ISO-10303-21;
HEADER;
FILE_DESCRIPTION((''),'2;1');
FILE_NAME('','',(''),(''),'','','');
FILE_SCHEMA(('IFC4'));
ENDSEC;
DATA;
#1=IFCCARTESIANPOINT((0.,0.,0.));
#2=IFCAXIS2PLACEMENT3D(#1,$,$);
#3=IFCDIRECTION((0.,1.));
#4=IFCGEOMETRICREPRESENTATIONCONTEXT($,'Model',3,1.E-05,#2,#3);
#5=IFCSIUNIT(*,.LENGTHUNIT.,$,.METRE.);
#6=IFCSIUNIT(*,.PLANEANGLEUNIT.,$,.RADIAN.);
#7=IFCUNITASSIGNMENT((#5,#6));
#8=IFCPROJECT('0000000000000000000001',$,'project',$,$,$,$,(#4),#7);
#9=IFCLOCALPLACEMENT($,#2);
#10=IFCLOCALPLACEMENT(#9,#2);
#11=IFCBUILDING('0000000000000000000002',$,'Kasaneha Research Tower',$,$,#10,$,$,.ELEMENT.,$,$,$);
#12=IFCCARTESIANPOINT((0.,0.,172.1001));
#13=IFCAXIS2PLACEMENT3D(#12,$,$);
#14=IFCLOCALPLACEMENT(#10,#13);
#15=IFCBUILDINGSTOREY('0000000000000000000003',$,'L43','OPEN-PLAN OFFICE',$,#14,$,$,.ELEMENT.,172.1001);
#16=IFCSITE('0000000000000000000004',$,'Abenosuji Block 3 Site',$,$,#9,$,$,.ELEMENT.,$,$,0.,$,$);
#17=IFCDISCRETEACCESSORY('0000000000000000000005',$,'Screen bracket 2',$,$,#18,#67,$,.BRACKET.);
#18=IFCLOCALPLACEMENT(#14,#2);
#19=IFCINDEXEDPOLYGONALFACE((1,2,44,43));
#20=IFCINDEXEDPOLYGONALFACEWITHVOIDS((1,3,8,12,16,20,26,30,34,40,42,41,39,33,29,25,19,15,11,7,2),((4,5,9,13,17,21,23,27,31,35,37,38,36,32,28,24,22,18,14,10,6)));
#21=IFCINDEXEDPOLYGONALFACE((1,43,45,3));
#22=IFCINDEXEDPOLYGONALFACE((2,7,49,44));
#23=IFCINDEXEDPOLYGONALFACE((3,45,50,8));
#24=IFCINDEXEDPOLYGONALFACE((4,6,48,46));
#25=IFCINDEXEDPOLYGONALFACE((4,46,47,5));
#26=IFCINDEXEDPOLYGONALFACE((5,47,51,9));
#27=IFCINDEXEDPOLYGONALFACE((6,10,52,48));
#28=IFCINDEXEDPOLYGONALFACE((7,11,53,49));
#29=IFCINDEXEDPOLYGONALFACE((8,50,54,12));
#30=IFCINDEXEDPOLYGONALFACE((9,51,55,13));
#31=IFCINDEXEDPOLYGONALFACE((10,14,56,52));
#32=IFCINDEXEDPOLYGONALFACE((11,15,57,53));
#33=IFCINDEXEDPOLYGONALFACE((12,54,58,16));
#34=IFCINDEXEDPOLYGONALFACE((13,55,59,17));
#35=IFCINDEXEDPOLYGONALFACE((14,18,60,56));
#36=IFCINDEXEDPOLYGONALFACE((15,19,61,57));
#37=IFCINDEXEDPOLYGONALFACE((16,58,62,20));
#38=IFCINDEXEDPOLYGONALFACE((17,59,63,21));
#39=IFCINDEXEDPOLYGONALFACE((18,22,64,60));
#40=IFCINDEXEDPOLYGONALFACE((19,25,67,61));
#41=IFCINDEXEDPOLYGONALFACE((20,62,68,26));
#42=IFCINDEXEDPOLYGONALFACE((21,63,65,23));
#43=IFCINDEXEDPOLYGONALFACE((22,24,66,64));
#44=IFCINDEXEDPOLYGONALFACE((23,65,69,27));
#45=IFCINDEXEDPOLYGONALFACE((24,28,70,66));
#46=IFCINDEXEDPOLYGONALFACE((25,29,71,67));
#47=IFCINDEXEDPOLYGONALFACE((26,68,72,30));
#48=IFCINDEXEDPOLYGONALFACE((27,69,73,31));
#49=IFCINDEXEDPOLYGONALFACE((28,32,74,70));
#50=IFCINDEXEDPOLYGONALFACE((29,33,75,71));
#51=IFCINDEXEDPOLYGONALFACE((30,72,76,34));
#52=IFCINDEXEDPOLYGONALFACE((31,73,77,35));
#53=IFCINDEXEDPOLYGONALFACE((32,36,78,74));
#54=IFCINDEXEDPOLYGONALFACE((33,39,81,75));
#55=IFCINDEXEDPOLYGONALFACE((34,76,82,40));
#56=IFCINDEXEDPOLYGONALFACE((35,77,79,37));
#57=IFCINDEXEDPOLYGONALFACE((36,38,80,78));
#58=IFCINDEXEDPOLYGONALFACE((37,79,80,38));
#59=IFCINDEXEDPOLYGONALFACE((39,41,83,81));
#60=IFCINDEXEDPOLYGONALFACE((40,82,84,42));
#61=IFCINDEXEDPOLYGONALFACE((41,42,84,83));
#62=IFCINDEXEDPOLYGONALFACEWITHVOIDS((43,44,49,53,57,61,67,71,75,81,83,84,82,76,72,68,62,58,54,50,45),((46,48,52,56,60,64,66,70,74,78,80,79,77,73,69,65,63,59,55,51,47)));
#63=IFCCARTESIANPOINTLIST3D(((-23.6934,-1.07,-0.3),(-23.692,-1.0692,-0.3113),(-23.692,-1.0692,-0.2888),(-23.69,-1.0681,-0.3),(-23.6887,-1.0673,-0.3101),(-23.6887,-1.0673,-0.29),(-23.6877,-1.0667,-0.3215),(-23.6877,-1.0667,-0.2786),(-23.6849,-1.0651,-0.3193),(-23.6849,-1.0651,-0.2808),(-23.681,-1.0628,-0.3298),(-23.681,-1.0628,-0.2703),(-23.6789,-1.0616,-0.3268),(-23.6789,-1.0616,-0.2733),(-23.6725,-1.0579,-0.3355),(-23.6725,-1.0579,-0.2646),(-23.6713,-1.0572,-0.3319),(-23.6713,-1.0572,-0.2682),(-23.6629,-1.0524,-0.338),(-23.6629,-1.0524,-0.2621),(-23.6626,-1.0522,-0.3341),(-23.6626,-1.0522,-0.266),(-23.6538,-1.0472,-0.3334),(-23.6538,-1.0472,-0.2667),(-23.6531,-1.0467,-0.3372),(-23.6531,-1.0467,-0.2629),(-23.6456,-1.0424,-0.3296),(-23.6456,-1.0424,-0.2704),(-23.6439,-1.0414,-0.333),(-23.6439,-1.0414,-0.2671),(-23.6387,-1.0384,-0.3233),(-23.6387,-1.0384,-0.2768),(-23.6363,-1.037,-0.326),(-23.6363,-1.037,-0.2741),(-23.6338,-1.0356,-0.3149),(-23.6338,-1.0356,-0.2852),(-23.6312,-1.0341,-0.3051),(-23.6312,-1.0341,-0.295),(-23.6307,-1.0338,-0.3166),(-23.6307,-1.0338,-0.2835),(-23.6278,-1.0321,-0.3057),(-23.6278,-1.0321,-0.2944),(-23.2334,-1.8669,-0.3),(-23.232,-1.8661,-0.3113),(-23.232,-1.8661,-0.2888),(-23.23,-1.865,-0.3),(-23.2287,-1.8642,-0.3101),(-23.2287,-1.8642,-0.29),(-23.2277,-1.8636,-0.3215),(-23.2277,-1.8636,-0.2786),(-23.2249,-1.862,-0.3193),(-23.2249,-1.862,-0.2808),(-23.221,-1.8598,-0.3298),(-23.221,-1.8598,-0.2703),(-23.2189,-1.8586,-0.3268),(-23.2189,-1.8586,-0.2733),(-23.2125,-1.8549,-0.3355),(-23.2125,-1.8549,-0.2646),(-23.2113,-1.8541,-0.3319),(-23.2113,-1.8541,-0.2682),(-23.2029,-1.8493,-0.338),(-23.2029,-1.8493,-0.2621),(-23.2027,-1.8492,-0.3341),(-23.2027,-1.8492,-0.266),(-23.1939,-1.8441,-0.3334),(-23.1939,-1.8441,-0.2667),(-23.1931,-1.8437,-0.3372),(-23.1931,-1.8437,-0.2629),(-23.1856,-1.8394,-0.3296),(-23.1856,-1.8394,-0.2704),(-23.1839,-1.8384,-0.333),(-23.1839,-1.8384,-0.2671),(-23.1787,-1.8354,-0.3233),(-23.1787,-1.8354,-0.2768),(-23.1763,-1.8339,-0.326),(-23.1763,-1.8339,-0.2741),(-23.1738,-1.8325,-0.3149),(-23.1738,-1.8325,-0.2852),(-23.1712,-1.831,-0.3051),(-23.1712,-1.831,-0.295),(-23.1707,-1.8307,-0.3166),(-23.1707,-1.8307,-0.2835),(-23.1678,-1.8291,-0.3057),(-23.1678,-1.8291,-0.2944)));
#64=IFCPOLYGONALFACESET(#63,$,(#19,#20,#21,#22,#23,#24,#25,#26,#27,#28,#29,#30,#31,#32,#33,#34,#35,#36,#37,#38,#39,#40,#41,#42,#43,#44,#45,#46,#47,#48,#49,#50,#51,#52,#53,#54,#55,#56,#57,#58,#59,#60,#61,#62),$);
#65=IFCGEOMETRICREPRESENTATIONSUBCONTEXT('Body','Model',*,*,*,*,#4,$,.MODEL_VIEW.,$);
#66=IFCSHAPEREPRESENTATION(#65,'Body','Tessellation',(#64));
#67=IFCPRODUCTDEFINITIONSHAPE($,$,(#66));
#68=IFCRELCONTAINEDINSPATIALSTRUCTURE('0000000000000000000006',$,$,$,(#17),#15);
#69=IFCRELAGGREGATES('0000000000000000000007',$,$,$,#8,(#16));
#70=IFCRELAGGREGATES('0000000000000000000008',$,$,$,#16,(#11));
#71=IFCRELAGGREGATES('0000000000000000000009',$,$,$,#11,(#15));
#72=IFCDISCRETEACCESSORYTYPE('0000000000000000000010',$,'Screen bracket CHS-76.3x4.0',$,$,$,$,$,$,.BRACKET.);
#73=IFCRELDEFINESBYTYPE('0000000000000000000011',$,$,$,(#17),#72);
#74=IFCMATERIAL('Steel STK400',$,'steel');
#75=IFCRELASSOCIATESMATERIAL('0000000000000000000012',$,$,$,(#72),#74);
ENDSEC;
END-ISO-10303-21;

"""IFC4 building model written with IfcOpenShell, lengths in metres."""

from ifc_helpers import new_model, si_unit, direction, frame, origin, origin_2d, place, context, subcontext, project, spatial, hollow_circle, extrude, material, material_profile, profile_set, type_object, element, save


model = new_model("IFC4")

# Units and contexts
model_context = context("Model", 3, precision=1e-05, world=origin(), true_north=direction((0.0, 1.0)))
body_context = subcontext(model_context, "Body", "Model", "MODEL_VIEW")
ifc_project = project(units=[si_unit("LENGTHUNIT", "METRE"), si_unit("PLANEANGLEUNIT", "RADIAN")], contexts=[model_context])

# Site, building, storey
site_placement = place(None, origin())
site = spatial("IfcSite", under=ifc_project, at=site_placement, Name="Abenosuji Block 3 Site", CompositionType="ELEMENT", RefElevation=0.0)
building_placement = place(site_placement, origin())
building = spatial("IfcBuilding", under=site, at=building_placement, Name="Kasaneha Research Tower", CompositionType="ELEMENT")
storey_placement = place(building_placement, frame((0.0, 0.0, 172.1001)))
storey = spatial("IfcBuildingStorey", under=building, at=storey_placement, Name="L43", Description="OPEN-PLAN OFFICE", CompositionType="ELEMENT", Elevation=172.1001)

# Discrete accessory
ifc_material_1 = material(Name="Steel STK400", Category="steel")
ifc_material_profile_1 = material_profile(ifc_material_1, hollow_circle(Radius=0.0381, WallThickness=0.0039, at=origin_2d()), Name="CHS-76.3x4.0")
ifc_profile_set_1 = profile_set([ifc_material_profile_1], Name="Steel STK400")
discrete_accessory_type = type_object("IfcDiscreteAccessoryType", Name="Screen bracket CHS-76.3x4.0", PredefinedType="BRACKET", material=ifc_profile_set_1)
discrete_accessory_placement = place(storey_placement, frame((-23.2004, -1.8479, -0.3), z_axis=(-0.499906, 0.86608, 0.0), x_axis=(-0.86608, -0.499906, 0.0)))
element("IfcDiscreteAccessory", 1, at=discrete_accessory_placement, inside=storey, type_object=discrete_accessory_type, Name="Screen bracket 2", PredefinedType="BRACKET", context=body_context, shape_type="SweptSolid", body=[
    extrude(hollow_circle(Radius=0.0381, WallThickness=0.0039, at=origin_2d()), origin(), (0.0, 0.0, 1.0), 0.9202),
])

save(model, "model.ifc")
